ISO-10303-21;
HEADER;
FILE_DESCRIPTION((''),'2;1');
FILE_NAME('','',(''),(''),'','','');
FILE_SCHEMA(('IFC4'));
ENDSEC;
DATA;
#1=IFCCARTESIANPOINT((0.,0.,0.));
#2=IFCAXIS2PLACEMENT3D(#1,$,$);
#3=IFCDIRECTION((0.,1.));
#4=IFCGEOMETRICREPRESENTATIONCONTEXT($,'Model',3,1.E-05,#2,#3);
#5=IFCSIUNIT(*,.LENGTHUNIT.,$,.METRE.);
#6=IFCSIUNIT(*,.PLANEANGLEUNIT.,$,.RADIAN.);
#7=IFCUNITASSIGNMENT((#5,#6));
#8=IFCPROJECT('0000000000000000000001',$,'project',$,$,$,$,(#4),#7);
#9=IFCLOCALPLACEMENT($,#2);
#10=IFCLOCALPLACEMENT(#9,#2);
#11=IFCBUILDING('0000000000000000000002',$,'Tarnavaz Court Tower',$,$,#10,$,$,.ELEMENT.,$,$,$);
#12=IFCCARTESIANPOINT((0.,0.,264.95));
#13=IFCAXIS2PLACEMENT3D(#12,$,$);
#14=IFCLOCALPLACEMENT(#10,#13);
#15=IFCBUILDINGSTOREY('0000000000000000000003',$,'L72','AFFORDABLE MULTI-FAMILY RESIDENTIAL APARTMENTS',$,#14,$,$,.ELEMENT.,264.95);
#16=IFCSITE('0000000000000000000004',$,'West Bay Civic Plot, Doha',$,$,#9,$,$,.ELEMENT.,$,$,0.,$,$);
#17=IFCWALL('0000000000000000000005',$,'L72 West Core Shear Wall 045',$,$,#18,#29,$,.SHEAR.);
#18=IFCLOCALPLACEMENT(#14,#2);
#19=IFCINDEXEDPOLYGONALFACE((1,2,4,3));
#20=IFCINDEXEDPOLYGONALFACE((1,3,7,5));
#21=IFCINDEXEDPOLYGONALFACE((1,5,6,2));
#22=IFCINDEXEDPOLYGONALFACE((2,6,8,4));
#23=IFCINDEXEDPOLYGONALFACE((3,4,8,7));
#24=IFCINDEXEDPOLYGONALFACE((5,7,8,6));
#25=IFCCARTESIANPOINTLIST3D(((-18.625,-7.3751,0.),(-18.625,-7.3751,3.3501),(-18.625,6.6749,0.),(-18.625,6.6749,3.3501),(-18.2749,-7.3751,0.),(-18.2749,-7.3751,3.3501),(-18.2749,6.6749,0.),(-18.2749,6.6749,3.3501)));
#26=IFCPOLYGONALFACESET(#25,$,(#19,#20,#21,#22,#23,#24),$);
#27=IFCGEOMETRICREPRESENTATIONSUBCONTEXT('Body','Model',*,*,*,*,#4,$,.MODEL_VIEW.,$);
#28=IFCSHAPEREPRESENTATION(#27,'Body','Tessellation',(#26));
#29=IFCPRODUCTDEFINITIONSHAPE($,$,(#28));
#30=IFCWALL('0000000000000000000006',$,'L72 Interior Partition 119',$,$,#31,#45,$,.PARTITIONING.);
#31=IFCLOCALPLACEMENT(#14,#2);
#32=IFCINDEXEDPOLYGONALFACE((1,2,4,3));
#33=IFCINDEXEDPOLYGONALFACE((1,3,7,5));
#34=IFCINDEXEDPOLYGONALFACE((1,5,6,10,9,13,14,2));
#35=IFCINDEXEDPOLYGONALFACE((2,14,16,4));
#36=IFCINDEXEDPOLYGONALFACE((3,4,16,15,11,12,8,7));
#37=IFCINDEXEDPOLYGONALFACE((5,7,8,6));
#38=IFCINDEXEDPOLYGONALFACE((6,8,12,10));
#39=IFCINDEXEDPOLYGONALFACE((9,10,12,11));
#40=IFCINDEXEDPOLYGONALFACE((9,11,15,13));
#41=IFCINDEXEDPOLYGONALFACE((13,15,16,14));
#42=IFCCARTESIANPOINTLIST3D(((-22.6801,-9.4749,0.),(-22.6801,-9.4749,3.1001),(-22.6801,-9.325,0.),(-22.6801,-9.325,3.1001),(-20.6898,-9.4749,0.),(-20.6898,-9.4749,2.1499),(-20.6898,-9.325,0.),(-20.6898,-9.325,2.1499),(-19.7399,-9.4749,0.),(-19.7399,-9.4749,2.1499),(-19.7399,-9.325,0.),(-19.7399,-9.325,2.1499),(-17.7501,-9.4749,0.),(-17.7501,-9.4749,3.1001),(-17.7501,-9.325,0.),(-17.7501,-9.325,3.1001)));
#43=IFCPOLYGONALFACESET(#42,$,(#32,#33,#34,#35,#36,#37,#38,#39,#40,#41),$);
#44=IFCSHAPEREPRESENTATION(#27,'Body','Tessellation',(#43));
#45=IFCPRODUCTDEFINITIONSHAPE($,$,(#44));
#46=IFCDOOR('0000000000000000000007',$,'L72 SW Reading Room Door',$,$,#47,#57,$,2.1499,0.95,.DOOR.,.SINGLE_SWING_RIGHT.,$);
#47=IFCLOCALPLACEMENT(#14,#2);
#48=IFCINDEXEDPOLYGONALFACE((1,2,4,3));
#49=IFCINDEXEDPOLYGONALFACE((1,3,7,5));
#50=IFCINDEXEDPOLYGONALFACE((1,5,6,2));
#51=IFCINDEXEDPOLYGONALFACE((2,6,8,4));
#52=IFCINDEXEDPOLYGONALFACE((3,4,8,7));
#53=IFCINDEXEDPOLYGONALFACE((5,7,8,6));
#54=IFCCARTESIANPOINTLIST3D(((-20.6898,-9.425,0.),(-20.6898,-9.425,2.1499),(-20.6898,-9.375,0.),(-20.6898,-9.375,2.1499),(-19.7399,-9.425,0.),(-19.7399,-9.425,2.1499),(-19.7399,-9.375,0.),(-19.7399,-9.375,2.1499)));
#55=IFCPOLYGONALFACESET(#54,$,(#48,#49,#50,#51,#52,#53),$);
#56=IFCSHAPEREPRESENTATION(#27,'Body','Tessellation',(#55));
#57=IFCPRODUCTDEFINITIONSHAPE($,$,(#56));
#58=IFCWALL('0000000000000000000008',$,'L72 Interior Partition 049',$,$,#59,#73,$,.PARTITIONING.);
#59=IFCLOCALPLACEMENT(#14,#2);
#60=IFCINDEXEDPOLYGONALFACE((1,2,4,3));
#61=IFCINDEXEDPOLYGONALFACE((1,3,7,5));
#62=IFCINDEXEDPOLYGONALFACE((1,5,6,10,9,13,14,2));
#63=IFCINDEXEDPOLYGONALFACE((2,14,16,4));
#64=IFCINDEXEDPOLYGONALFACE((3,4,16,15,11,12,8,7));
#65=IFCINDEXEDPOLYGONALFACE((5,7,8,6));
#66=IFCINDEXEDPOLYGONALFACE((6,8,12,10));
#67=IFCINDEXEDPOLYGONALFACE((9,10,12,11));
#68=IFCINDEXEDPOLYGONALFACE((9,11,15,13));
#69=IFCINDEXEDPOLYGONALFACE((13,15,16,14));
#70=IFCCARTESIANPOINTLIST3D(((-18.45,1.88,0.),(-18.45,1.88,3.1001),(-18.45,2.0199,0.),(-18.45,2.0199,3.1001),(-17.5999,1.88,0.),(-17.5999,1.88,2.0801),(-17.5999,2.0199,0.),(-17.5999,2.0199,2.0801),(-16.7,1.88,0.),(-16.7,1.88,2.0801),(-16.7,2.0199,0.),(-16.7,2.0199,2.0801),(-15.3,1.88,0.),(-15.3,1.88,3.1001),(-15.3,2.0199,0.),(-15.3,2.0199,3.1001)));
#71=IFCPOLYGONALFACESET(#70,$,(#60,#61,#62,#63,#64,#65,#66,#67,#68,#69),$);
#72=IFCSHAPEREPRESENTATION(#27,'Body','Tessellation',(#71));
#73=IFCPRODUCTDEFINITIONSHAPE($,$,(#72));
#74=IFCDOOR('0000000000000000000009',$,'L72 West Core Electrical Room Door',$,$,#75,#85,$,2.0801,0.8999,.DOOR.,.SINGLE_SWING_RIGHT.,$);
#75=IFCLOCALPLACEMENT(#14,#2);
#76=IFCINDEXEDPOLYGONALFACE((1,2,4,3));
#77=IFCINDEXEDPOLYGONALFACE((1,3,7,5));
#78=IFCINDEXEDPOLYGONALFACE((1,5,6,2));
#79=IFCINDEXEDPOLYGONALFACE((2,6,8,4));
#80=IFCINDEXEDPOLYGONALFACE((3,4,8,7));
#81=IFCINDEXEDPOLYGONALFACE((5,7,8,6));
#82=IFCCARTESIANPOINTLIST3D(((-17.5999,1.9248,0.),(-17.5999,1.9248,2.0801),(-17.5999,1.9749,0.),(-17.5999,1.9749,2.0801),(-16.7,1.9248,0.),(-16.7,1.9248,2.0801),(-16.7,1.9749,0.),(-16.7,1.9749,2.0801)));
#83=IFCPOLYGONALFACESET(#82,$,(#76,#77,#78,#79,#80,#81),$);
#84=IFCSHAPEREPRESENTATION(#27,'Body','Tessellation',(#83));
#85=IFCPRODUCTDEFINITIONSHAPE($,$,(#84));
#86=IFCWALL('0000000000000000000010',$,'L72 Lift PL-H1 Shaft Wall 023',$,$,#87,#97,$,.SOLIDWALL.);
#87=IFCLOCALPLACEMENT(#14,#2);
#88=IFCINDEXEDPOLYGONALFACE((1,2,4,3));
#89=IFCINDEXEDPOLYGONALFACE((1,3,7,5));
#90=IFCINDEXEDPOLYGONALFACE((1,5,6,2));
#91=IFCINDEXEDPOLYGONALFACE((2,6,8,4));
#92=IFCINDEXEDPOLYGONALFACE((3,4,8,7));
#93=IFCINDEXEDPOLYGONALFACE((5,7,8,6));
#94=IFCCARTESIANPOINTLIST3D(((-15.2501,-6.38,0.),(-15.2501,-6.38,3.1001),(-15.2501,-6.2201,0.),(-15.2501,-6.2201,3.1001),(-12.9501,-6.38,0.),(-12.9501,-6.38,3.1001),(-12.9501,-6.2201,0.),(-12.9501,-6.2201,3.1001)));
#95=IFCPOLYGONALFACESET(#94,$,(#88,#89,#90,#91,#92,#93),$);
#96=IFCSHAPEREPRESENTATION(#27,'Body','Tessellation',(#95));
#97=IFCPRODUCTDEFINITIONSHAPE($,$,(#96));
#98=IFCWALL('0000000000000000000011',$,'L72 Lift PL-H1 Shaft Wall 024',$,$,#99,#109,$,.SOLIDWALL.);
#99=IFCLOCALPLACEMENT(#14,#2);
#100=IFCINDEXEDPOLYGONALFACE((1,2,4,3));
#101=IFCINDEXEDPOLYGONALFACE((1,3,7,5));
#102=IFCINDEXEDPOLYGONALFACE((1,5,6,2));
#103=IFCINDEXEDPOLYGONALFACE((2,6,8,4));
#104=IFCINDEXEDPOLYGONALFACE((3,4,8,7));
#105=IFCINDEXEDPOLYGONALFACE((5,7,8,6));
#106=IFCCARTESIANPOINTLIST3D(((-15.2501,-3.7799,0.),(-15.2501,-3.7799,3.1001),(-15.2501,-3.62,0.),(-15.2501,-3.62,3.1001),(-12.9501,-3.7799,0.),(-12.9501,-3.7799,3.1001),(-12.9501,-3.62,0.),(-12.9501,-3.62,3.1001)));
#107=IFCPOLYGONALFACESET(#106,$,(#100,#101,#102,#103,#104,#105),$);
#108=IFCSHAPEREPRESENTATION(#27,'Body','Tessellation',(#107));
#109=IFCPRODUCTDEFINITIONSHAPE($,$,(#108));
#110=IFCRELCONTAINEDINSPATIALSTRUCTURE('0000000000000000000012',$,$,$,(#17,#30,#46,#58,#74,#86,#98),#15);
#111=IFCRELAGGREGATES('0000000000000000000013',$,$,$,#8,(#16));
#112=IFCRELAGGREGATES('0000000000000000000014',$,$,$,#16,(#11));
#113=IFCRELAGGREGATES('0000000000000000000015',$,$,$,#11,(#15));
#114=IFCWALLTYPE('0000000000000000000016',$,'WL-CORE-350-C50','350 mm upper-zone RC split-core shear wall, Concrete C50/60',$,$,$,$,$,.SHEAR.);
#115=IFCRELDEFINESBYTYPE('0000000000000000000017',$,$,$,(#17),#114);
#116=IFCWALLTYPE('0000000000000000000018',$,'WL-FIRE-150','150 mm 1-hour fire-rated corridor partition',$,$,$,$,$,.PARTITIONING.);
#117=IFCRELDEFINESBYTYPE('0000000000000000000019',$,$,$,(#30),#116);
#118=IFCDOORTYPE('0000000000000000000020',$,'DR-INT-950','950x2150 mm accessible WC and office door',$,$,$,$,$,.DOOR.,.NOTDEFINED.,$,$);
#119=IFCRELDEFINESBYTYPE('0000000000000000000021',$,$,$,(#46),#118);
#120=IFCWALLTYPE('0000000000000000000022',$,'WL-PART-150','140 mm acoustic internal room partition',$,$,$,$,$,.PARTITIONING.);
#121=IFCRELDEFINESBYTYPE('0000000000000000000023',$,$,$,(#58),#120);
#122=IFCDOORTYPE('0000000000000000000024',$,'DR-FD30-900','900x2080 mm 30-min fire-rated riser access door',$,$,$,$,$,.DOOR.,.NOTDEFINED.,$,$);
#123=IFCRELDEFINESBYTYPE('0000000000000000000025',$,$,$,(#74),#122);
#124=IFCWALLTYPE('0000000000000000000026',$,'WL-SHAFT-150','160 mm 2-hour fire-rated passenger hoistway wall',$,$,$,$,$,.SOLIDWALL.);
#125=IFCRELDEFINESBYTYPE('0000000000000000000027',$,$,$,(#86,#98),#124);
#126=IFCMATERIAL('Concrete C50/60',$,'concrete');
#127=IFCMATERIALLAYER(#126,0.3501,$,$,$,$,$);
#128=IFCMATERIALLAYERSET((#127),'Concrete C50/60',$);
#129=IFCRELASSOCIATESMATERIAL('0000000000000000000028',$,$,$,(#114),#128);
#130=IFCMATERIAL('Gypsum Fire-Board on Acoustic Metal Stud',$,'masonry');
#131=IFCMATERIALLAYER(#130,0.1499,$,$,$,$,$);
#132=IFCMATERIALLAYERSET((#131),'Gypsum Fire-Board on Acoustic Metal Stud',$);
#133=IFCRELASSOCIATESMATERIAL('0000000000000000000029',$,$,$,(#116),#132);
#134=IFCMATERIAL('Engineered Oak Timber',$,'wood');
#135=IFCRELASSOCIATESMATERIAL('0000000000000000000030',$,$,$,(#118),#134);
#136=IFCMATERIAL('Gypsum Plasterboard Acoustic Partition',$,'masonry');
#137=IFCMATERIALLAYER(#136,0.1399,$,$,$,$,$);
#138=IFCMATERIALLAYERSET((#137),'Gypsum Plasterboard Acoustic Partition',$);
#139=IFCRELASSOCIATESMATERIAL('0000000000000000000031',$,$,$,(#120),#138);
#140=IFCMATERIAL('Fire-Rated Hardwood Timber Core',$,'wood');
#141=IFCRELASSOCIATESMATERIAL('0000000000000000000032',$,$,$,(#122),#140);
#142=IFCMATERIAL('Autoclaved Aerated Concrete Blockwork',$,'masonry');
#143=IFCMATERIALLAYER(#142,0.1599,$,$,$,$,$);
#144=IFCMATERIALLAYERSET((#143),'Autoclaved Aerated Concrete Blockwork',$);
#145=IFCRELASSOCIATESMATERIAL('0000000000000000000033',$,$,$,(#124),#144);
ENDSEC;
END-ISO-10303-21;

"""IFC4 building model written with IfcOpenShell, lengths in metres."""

from ifc_helpers import new_model, si_unit, direction, frame, frame_2d, origin, place, context, subcontext, project, spatial, rectangle, extrude, material, layer, layer_set, type_object, element, fill, save


model = new_model("IFC4")

# Units and contexts
model_context = context("Model", 3, precision=1e-05, world=origin(), true_north=direction((0.0, 1.0)))
body_context = subcontext(model_context, "Body", "Model", "MODEL_VIEW")
ifc_project = project(units=[si_unit("LENGTHUNIT", "METRE"), si_unit("PLANEANGLEUNIT", "RADIAN")], contexts=[model_context])

# Site, building, storey
site_placement = place(None, origin())
site = spatial("IfcSite", under=ifc_project, at=site_placement, Name="West Bay Civic Plot, Doha", CompositionType="ELEMENT", RefElevation=0.0)
building_placement = place(site_placement, origin())
building = spatial("IfcBuilding", under=site, at=building_placement, Name="Tarnavaz Court Tower", CompositionType="ELEMENT")
storey_placement = place(building_placement, frame((0.0, 0.0, 264.95)))
storey = spatial("IfcBuildingStorey", under=building, at=storey_placement, Name="L72", Description="AFFORDABLE MULTI-FAMILY RESIDENTIAL APARTMENTS", CompositionType="ELEMENT", Elevation=264.95)

# Shared definitions
ifc_material_1 = material(Name="Concrete C50/60", Category="concrete")

# Wall
ifc_layer_1 = layer(ifc_material_1, 0.3501)
ifc_layer_set_1 = layer_set([ifc_layer_1], Name="Concrete C50/60")
wall_type_1 = type_object("IfcWallType", Name="WL-CORE-350-C50", Description="350 mm upper-zone RC split-core shear wall, Concrete C50/60", PredefinedType="SHEAR", material=ifc_layer_set_1)
wall_1_placement = place(storey_placement, frame((-18.45, -7.375, 0.0), z_axis=(0.0, 0.0, 1.0), x_axis=(0.0, 1.0, 0.0)))
element("IfcWall", 1, at=wall_1_placement, inside=storey, type_object=wall_type_1, Name="L72 West Core Shear Wall 045", PredefinedType="SHEAR", context=body_context, shape_type="SweptSolid", body=[
    extrude(rectangle(XDim=14.05, YDim=0.3501, at=frame_2d((7.0249, 0.0))), origin(), (0.0, 0.0, 1.0), 3.3501),
])

# Shared definitions
ifc_material_2 = material(Name="Fire-Rated Hardwood Timber Core", Category="wood")

# Shared definitions
ifc_material_3 = material(Name="Gypsum Fire-Board on Acoustic Metal Stud", Category="masonry")
ifc_layer_2 = layer(ifc_material_3, 0.1499)
ifc_layer_set_2 = layer_set([ifc_layer_2], Name="Gypsum Fire-Board on Acoustic Metal Stud")
wall_type_2 = type_object("IfcWallType", Name="WL-FIRE-150", Description="150 mm 1-hour fire-rated corridor partition", PredefinedType="PARTITIONING", material=ifc_layer_set_2)

# Walls, openings, doors
ifc_material_4 = material(Name="Engineered Oak Timber", Category="wood")
wall_2_placement = place(storey_placement, frame((-22.6799, -9.3999, 0.0), z_axis=(0.0, 0.0, 1.0), x_axis=(1.0, 0.0, 0.0)))
wall_2 = element("IfcWall", 2, at=wall_2_placement, inside=storey, type_object=wall_type_2, Name="L72 Interior Partition 119", PredefinedType="PARTITIONING", context=body_context, shape_type="SweptSolid", body=[
    extrude(rectangle(XDim=4.9299, YDim=0.1499, at=frame_2d((2.4648, 0.0))), origin(), (0.0, 0.0, 1.0), 3.1001),
])
opening_1_placement = place(wall_2_placement, frame((1.99, 0.0, 0.0)))
opening_1 = element("IfcOpeningElement", 3, at=opening_1_placement, cuts=wall_2, PredefinedType="OPENING", context=body_context, shape_type="SweptSolid", body=[
    extrude(rectangle(XDim=0.95, YDim=2.1499, at=frame_2d((0.4751, 1.075))), frame((0.0, 0.085, 0.0), z_axis=(0.0, -1.0, 0.0), x_axis=(1.0, 0.0, 0.0)), (0.0, 0.0, 1.0), 0.1699),
])
door_type_1 = type_object("IfcDoorType", Name="DR-INT-950", Description="950x2150 mm accessible WC and office door", OperationType="NOTDEFINED", PredefinedType="DOOR", material=ifc_material_4)
door_1_placement = place(opening_1_placement, origin())
door_1 = element("IfcDoor", 4, at=door_1_placement, inside=storey, type_object=door_type_1, Name="L72 SW Reading Room Door", OperationType="SINGLE_SWING_RIGHT", OverallHeight=2.1499, OverallWidth=0.95, PredefinedType="DOOR", context=body_context, shape_type="SweptSolid", body=[
    extrude(rectangle(XDim=0.95, YDim=2.1499, at=frame_2d((0.4751, 1.075))), frame((0.0, 0.0249, 0.0), z_axis=(0.0, -1.0, 0.0), x_axis=(1.0, 0.0, 0.0)), (0.0, 0.0, 1.0), 0.05),
])
fill(opening_1, door_1)
ifc_material_5 = material(Name="Gypsum Plasterboard Acoustic Partition", Category="masonry")
ifc_layer_3 = layer(ifc_material_5, 0.1399)
ifc_layer_set_3 = layer_set([ifc_layer_3], Name="Gypsum Plasterboard Acoustic Partition")
wall_type_3 = type_object("IfcWallType", Name="WL-PART-150", Description="140 mm acoustic internal room partition", PredefinedType="PARTITIONING", material=ifc_layer_set_3)
wall_3_placement = place(storey_placement, frame((-18.45, 1.95, 0.0), z_axis=(0.0, 0.0, 1.0), x_axis=(1.0, 0.0, 0.0)))
wall_3 = element("IfcWall", 5, at=wall_3_placement, inside=storey, type_object=wall_type_3, Name="L72 Interior Partition 049", PredefinedType="PARTITIONING", context=body_context, shape_type="SweptSolid", body=[
    extrude(rectangle(XDim=3.1499, YDim=0.1399, at=frame_2d((1.575, 0.0))), origin(), (0.0, 0.0, 1.0), 3.1001),
])
opening_2_placement = place(wall_3_placement, frame((0.8501, 0.0, 0.0)))
opening_2 = element("IfcOpeningElement", 6, at=opening_2_placement, cuts=wall_3, PredefinedType="OPENING", context=body_context, shape_type="SweptSolid", body=[
    extrude(rectangle(XDim=0.8999, YDim=2.0801, at=frame_2d((0.45, 1.04))), frame((0.0, 0.0798, 0.0), z_axis=(0.0, -1.0, 0.0), x_axis=(1.0, 0.0, 0.0)), (0.0, 0.0, 1.0), 0.1599),
])
door_type_2 = type_object("IfcDoorType", Name="DR-FD30-900", Description="900x2080 mm 30-min fire-rated riser access door", OperationType="NOTDEFINED", PredefinedType="DOOR", material=ifc_material_2)
door_2_placement = place(opening_2_placement, origin())
door_2 = element("IfcDoor", 7, at=door_2_placement, inside=storey, type_object=door_type_2, Name="L72 West Core Electrical Room Door", OperationType="SINGLE_SWING_RIGHT", OverallHeight=2.0801, OverallWidth=0.8999, PredefinedType="DOOR", context=body_context, shape_type="SweptSolid", body=[
    extrude(rectangle(XDim=0.8999, YDim=2.0801, at=frame_2d((0.45, 1.04))), frame((0.0, 0.0249, 0.0), z_axis=(0.0, -1.0, 0.0), x_axis=(1.0, 0.0, 0.0)), (0.0, 0.0, 1.0), 0.05),
])
fill(opening_2, door_2)
ifc_material_6 = material(Name="Autoclaved Aerated Concrete Blockwork", Category="masonry")
ifc_layer_4 = layer(ifc_material_6, 0.1599)
ifc_layer_set_4 = layer_set([ifc_layer_4], Name="Autoclaved Aerated Concrete Blockwork")
wall_type_4 = type_object("IfcWallType", Name="WL-SHAFT-150", Description="160 mm 2-hour fire-rated passenger hoistway wall", PredefinedType="SOLIDWALL", material=ifc_layer_set_4)

# Walls
for number, where, z_axis, x_axis, name in (
    (8, (-15.25, -6.3, 0.0), (0.0, 0.0, 1.0), (1.0, 0.0, 0.0), "L72 Lift PL-H1 Shaft Wall 023"),
    (9, (-15.25, -3.7, 0.0), (0.0, 0.0, 1.0), (1.0, 0.0, 0.0), "L72 Lift PL-H1 Shaft Wall 024"),
):
    element("IfcWall", number, at=place(storey_placement, frame(where, z_axis=z_axis, x_axis=x_axis)), inside=storey, type_object=wall_type_4, Name=name, PredefinedType="SOLIDWALL", context=body_context, shape_type="SweptSolid", body=[
        extrude(rectangle(XDim=2.3, YDim=0.1599, at=frame_2d((1.1499, 0.0))), origin(), (0.0, 0.0, 1.0), 3.1001),
    ])

save(model, "model.ifc")
